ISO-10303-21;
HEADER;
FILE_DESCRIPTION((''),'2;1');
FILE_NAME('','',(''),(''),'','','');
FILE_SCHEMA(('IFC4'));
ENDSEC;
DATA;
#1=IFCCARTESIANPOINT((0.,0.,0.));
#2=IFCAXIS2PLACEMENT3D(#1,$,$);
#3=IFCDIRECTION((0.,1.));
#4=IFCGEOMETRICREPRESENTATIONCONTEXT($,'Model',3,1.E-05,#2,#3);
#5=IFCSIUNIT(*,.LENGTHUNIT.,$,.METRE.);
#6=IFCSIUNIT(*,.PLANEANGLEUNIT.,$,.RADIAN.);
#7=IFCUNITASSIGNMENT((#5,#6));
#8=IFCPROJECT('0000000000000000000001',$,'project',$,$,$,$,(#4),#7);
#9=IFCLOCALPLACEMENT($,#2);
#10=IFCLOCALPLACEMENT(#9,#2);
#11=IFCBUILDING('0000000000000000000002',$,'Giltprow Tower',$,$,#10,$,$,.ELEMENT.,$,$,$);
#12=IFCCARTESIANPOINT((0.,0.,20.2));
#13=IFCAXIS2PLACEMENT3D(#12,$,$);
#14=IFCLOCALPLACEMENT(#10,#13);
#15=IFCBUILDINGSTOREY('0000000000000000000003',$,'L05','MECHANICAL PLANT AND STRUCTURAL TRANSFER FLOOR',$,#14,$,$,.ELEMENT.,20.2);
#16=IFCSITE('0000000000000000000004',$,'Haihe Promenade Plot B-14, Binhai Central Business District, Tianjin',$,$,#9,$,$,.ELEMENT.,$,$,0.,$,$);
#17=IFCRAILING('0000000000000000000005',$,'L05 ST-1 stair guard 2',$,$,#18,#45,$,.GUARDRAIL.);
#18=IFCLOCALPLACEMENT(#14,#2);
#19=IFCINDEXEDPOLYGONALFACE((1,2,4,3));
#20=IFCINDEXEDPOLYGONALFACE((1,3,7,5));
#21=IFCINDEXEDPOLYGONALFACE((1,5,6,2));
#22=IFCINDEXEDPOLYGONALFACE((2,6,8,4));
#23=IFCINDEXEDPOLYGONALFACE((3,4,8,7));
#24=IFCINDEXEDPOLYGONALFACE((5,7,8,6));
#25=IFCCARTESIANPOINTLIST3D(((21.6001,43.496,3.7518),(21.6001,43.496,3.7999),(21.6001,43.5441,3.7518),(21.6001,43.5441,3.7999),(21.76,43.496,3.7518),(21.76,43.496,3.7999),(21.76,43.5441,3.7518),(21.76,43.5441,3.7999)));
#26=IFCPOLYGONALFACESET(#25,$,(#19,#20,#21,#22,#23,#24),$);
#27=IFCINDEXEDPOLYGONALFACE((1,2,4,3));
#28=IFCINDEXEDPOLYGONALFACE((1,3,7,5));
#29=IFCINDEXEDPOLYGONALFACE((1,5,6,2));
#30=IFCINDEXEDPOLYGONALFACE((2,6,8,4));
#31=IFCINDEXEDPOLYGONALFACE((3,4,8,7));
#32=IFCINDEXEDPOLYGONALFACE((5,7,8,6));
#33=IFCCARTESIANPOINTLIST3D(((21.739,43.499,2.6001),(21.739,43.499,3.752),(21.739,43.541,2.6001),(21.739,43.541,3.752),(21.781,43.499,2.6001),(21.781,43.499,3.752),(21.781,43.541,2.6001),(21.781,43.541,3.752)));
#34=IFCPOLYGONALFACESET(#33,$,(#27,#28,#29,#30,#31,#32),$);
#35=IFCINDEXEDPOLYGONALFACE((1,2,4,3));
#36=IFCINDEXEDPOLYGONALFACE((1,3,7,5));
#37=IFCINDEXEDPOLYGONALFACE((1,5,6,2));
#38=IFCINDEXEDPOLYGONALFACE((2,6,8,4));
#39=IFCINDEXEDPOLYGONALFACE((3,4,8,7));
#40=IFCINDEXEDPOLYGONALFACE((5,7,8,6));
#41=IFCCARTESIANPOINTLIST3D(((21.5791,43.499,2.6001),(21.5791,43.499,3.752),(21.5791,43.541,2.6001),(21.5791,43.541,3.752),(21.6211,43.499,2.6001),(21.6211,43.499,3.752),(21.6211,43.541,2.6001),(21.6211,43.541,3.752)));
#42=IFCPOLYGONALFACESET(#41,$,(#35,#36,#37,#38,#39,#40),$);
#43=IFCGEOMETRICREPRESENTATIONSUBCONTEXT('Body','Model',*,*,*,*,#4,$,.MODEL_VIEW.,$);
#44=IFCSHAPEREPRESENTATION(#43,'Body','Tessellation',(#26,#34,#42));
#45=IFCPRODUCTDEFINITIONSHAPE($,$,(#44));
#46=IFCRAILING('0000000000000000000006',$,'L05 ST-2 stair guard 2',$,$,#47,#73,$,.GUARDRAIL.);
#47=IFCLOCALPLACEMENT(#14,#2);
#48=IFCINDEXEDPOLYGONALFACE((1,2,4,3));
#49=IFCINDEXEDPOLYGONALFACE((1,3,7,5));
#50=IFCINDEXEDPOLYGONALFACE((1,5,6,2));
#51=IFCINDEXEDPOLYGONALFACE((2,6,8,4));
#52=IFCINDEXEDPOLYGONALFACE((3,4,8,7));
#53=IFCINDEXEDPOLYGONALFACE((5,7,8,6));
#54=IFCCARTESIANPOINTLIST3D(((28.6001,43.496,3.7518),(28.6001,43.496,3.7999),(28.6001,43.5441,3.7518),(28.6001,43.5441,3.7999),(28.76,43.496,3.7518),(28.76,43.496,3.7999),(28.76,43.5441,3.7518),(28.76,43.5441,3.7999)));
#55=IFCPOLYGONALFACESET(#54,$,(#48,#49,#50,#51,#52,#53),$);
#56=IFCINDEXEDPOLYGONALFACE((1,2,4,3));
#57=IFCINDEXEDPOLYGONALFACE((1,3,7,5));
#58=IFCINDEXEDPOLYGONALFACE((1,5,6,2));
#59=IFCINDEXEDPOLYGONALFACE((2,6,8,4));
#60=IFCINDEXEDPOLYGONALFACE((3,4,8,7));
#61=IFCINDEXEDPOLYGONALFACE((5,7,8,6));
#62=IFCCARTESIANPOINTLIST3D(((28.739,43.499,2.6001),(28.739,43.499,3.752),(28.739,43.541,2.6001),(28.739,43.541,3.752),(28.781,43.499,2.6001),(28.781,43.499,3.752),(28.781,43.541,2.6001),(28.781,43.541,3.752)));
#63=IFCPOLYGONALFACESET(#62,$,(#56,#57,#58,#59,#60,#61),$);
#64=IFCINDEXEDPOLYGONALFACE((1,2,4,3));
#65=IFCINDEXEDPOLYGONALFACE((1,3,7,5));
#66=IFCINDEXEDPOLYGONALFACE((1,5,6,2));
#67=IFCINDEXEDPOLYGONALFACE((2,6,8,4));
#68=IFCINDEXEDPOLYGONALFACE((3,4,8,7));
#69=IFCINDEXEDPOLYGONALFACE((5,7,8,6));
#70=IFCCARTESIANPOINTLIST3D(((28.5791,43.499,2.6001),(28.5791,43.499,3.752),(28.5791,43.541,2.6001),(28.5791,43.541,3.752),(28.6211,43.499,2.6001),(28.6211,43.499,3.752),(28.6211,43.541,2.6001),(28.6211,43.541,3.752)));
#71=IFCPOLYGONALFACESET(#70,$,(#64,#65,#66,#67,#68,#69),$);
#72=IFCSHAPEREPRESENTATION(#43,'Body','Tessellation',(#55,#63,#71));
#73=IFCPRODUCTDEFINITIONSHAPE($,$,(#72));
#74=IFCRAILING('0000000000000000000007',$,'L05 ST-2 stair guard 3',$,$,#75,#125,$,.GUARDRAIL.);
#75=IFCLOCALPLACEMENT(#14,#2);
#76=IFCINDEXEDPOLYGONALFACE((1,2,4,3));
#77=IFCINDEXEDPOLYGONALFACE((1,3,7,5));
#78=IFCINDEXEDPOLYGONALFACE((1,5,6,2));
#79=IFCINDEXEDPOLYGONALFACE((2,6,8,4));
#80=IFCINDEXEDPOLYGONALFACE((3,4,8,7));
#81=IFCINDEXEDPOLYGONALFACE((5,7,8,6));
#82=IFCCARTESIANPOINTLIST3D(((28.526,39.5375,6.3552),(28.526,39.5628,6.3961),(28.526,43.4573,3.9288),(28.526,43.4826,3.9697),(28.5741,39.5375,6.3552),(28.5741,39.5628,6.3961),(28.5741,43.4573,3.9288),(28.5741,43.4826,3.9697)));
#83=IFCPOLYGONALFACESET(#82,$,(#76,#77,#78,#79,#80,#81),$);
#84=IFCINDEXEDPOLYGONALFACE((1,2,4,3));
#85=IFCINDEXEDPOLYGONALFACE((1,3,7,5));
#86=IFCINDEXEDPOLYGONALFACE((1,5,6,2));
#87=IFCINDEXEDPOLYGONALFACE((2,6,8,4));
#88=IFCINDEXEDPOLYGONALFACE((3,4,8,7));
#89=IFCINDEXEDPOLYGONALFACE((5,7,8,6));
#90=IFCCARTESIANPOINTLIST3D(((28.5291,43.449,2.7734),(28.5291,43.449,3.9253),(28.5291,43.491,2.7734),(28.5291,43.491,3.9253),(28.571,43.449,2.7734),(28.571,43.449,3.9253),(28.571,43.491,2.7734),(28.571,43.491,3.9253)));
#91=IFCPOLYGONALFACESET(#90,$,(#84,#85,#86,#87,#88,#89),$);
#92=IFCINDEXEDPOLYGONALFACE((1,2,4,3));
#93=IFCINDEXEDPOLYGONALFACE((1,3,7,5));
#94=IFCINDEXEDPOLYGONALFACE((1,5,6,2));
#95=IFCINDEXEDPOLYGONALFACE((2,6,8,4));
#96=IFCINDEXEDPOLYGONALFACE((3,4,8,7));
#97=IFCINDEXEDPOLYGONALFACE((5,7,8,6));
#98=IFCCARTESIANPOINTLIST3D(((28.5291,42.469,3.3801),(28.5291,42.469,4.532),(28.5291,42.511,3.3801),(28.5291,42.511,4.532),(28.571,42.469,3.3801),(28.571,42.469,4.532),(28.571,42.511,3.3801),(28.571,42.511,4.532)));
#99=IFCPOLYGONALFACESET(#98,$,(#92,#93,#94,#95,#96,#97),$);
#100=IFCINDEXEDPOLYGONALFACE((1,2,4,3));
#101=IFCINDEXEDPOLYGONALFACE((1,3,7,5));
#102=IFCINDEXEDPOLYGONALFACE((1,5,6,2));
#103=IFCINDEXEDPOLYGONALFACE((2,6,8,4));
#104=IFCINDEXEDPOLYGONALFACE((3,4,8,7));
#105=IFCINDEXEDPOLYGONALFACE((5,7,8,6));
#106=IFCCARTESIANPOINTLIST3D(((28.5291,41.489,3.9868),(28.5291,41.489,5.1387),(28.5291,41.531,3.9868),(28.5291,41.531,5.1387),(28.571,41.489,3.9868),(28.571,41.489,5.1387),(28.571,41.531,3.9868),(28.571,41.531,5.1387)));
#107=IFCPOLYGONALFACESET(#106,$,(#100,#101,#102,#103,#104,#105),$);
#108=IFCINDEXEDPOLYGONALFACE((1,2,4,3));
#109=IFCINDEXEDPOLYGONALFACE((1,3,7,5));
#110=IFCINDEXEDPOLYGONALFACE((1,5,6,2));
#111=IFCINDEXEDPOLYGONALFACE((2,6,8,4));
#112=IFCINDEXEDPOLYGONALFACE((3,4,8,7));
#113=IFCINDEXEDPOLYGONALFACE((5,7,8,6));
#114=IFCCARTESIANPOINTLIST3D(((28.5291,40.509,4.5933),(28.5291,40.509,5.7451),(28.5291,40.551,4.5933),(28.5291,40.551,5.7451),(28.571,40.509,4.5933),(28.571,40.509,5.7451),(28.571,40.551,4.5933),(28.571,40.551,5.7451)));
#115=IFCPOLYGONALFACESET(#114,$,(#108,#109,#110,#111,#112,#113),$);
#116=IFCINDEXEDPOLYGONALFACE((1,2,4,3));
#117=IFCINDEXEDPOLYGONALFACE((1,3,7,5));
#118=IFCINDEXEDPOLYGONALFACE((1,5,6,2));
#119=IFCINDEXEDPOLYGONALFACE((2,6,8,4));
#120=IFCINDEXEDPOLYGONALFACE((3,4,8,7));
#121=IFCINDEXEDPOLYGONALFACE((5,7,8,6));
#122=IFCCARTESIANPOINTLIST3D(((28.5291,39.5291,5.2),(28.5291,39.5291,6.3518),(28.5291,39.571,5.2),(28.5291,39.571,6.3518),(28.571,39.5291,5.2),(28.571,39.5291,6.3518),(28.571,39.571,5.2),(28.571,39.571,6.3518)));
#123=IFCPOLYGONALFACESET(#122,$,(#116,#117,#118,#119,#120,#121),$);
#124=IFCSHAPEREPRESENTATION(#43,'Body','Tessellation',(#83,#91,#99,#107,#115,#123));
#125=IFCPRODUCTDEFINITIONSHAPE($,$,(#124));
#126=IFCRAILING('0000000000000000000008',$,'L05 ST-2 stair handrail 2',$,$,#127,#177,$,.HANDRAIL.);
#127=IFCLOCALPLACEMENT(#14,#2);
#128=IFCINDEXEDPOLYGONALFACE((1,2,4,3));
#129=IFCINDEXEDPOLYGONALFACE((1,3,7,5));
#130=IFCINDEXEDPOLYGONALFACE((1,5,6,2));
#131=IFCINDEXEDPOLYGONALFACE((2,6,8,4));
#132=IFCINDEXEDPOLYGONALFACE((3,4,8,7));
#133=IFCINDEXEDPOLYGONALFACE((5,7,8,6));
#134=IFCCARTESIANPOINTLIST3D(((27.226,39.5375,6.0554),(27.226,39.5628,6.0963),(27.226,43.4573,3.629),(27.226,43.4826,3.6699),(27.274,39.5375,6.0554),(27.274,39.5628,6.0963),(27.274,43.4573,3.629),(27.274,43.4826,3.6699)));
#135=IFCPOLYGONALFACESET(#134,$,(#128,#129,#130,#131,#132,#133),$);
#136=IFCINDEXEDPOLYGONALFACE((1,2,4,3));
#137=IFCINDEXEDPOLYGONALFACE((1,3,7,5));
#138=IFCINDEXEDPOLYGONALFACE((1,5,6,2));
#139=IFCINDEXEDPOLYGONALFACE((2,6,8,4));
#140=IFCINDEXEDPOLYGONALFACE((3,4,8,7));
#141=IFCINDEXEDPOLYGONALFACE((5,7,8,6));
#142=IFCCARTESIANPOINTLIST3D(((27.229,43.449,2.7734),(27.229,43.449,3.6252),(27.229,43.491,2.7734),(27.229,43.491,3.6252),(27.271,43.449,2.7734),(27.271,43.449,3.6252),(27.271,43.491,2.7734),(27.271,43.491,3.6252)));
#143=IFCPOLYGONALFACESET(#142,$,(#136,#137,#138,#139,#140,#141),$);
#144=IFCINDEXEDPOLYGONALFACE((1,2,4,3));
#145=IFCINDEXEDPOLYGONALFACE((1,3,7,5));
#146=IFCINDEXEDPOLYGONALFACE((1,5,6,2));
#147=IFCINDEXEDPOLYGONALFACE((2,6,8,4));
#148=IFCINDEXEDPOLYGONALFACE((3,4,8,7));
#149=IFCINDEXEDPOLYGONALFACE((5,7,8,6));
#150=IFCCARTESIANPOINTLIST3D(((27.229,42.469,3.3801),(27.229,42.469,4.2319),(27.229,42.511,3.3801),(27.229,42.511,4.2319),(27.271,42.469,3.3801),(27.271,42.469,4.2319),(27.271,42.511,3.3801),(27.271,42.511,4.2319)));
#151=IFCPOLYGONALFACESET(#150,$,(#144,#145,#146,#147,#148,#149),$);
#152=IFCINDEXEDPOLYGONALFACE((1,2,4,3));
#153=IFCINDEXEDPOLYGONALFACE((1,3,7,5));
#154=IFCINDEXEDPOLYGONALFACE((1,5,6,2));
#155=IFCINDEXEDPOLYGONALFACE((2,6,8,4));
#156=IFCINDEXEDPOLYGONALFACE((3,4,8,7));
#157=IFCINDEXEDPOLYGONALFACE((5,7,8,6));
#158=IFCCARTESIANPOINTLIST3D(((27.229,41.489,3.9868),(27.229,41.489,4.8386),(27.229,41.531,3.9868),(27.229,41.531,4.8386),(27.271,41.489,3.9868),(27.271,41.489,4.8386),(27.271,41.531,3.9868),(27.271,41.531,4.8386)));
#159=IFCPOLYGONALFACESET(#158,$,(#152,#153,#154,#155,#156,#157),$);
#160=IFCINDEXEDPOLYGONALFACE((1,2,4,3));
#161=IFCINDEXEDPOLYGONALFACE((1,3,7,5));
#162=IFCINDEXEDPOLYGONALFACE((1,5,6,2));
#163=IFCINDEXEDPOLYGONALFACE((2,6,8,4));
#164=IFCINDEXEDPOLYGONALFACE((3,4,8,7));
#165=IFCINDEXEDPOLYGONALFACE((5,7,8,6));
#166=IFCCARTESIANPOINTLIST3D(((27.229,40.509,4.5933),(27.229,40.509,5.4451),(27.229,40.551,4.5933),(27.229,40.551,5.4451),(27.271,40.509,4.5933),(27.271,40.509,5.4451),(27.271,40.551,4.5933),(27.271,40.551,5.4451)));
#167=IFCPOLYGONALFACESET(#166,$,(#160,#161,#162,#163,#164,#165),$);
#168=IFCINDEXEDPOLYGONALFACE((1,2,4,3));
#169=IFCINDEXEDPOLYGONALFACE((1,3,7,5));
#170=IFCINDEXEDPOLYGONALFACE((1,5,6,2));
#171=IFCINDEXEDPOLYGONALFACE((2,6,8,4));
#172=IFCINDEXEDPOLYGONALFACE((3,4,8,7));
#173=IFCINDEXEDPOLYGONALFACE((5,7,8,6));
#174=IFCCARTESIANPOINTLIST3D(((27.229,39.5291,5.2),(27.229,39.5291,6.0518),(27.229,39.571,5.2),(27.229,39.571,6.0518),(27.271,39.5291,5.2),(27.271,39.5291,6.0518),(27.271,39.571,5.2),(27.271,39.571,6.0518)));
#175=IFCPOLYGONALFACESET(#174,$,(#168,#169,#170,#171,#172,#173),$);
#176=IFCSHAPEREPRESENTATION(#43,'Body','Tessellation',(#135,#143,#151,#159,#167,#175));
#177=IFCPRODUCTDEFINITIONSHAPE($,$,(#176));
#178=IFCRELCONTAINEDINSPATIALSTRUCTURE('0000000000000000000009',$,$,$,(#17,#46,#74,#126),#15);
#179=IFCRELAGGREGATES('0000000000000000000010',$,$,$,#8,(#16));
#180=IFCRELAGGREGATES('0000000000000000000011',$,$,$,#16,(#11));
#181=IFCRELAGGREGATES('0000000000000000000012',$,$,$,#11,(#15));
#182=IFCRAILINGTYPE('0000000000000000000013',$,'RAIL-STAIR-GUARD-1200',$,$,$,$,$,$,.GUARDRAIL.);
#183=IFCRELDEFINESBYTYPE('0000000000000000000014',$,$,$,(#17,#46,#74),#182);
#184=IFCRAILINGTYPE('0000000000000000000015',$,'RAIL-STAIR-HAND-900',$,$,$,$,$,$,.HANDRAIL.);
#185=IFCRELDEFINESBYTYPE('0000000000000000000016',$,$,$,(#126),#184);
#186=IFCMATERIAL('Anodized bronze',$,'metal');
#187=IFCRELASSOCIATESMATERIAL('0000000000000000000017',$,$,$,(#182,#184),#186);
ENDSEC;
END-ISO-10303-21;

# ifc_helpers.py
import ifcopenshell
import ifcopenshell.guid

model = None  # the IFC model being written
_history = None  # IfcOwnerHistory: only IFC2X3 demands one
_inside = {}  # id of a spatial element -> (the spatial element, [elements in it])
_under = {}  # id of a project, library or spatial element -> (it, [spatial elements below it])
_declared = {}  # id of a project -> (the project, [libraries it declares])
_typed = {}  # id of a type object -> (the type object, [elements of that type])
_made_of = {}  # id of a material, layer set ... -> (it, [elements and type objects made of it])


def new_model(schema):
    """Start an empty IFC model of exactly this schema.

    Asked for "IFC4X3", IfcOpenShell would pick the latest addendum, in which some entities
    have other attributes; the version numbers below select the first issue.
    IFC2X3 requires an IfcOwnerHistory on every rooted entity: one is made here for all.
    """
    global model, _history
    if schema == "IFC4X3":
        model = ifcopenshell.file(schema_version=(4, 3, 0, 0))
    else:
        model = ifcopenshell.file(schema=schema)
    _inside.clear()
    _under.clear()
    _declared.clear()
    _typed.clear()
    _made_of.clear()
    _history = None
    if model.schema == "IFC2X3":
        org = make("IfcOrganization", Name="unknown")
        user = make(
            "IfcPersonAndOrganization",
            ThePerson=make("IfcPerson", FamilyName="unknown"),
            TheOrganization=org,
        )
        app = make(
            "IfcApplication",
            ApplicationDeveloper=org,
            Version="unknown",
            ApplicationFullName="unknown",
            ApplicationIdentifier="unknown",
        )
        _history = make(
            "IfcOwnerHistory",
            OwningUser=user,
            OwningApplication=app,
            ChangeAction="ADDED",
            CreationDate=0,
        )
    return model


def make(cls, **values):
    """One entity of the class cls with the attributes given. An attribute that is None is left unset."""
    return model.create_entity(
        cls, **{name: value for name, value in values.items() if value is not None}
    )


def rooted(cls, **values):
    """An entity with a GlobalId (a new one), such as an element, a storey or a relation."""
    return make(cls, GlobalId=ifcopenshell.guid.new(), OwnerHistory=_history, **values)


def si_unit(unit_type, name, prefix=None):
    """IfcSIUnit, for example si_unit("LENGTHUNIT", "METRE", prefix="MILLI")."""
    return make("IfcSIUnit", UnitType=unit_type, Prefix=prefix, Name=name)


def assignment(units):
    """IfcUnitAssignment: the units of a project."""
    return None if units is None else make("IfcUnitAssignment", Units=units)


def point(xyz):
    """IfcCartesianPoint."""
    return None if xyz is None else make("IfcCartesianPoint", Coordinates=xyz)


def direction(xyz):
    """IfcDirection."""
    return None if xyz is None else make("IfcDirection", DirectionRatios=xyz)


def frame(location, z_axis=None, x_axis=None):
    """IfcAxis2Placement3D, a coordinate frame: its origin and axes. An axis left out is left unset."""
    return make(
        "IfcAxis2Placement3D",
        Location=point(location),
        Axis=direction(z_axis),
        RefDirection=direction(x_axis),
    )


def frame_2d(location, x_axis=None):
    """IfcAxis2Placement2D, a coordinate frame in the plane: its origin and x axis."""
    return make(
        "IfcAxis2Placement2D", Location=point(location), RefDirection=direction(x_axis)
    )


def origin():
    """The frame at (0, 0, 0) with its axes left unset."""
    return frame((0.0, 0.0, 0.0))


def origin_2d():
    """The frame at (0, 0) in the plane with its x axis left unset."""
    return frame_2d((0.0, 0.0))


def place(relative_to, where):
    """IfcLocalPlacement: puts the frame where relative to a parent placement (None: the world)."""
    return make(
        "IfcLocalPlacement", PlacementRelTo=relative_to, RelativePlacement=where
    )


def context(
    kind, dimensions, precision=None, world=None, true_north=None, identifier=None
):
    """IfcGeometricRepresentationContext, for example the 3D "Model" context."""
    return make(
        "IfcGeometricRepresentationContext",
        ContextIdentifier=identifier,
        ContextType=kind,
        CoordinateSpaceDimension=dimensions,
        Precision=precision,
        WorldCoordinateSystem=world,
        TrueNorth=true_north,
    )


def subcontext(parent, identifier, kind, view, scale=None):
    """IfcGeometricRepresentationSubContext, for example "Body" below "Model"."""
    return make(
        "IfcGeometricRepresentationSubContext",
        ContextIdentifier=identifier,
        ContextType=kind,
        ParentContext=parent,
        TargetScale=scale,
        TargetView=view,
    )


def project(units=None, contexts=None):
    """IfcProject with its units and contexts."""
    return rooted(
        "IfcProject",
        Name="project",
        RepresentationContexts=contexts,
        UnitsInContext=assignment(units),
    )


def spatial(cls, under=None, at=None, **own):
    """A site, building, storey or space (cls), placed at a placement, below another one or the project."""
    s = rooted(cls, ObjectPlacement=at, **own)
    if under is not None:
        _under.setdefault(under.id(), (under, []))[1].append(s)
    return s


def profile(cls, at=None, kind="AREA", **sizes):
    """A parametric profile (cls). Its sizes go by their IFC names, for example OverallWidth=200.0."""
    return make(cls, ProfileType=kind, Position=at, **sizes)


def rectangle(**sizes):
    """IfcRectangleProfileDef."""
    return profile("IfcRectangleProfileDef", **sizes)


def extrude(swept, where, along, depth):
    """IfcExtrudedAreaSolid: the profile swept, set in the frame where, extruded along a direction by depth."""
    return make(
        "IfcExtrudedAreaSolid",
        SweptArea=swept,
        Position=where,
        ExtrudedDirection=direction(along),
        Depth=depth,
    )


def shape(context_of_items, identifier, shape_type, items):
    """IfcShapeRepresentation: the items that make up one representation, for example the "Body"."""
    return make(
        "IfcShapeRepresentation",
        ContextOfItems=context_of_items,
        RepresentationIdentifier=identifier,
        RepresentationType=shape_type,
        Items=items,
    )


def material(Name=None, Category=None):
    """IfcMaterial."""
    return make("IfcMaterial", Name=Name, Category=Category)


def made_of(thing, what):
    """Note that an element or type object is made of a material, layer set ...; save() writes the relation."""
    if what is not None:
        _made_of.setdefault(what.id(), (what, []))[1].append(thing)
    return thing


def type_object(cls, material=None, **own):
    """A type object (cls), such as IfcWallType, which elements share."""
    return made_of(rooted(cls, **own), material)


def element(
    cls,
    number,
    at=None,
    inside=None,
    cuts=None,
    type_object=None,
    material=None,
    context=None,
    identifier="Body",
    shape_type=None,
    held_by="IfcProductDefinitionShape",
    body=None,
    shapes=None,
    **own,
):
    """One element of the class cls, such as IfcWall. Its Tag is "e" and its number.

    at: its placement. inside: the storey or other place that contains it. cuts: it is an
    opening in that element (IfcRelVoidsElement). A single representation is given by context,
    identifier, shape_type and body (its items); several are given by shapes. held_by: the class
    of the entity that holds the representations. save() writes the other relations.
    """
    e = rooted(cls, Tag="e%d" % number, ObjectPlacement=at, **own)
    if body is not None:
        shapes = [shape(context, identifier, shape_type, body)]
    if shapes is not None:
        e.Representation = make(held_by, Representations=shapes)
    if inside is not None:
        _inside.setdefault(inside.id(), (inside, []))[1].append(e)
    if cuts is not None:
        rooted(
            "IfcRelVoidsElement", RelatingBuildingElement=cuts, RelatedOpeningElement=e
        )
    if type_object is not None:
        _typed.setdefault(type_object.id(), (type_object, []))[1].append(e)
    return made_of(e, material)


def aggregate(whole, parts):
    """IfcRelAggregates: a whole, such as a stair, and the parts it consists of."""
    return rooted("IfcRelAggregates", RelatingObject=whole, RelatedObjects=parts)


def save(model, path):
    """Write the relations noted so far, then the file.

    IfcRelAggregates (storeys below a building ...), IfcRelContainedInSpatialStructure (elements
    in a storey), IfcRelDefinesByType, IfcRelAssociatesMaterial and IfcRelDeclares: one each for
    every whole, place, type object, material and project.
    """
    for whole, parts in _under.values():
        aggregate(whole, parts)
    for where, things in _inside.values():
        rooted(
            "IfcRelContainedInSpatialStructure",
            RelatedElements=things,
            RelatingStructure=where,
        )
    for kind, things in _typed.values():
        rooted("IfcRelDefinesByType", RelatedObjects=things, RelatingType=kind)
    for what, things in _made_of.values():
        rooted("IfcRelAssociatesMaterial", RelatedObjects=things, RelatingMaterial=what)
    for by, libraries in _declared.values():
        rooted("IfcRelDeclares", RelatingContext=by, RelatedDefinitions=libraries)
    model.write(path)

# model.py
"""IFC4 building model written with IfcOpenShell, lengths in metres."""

from ifc_helpers import new_model, si_unit, direction, frame, origin, origin_2d, place, context, subcontext, project, spatial, rectangle, extrude, material, type_object, element, save


model = new_model("IFC4")

# Units and contexts
model_context = context("Model", 3, precision=1e-05, world=origin(), true_north=direction((0.0, 1.0)))
body_context = subcontext(model_context, "Body", "Model", "MODEL_VIEW")
ifc_project = project(units=[si_unit("LENGTHUNIT", "METRE"), si_unit("PLANEANGLEUNIT", "RADIAN")], contexts=[model_context])

# Site, building, storey
site_placement = place(None, origin())
site = spatial("IfcSite", under=ifc_project, at=site_placement, Name="Haihe Promenade Plot B-14, Binhai Central Business District, Tianjin", CompositionType="ELEMENT", RefElevation=0.0)
building_placement = place(site_placement, origin())
building = spatial("IfcBuilding", under=site, at=building_placement, Name="Giltprow Tower", CompositionType="ELEMENT")
storey_placement = place(building_placement, frame((0.0, 0.0, 20.2)))
storey = spatial("IfcBuildingStorey", under=building, at=storey_placement, Name="L05", Description="MECHANICAL PLANT AND STRUCTURAL TRANSFER FLOOR", CompositionType="ELEMENT", Elevation=20.2)

# Railings
ifc_material_1 = material(Name="Anodized bronze", Category="metal")
railing_type_1 = type_object("IfcRailingType", Name="RAIL-STAIR-GUARD-1200", PredefinedType="GUARDRAIL", material=ifc_material_1)
for number, where, name in (
    (1, (21.76, 43.52, 2.6001), "L05 ST-1 stair guard 2"),
    (2, (28.76, 43.52, 2.6001), "L05 ST-2 stair guard 2"),
):
    element("IfcRailing", number, at=place(storey_placement, frame(where)), inside=storey, type_object=railing_type_1, Name=name, PredefinedType="GUARDRAIL", context=body_context, shape_type="SweptSolid", body=[
        extrude(rectangle(XDim=0.0481, YDim=0.0481, at=origin_2d()), frame((0.0, 0.0, 1.1758), z_axis=(-1.0, 0.0, 0.0), x_axis=(0.0, -1.0, 0.0)), (0.0, 0.0, 1.0), 0.1599),
        extrude(rectangle(XDim=0.042, YDim=0.042, at=origin_2d()), origin(), (0.0, 0.0, 1.0), 1.1519),
        extrude(rectangle(XDim=0.042, YDim=0.042, at=origin_2d()), frame((-0.1599, 0.0, 0.0)), (0.0, 0.0, 1.0), 1.1519),
    ])
railing_1_placement = place(storey_placement, frame((28.55, 43.47, 2.7734)))
element("IfcRailing", 3, at=railing_1_placement, inside=storey, type_object=railing_type_1, Name="L05 ST-2 stair guard 3", PredefinedType="GUARDRAIL", context=body_context, shape_type="SweptSolid", body=[
    extrude(rectangle(XDim=0.0481, YDim=0.0481, at=origin_2d()), frame((0.0, 0.0, 1.1758), z_axis=(0.0, -0.850275, 0.526338), x_axis=(1.0, 0.0, 0.0)), (0.0, 0.0, 1.0), 4.6101),
    extrude(rectangle(XDim=0.042, YDim=0.042, at=origin_2d()), origin(), (0.0, 0.0, 1.0), 1.1519),
    extrude(rectangle(XDim=0.042, YDim=0.042, at=origin_2d()), frame((0.0, -0.98, 0.6067)), (0.0, 0.0, 1.0), 1.1519),
    extrude(rectangle(XDim=0.042, YDim=0.042, at=origin_2d()), frame((0.0, -1.96, 1.2134)), (0.0, 0.0, 1.0), 1.1519),
    extrude(rectangle(XDim=0.042, YDim=0.042, at=origin_2d()), frame((0.0, -2.9399, 1.8198)), (0.0, 0.0, 1.0), 1.1519),
    extrude(rectangle(XDim=0.042, YDim=0.042, at=origin_2d()), frame((0.0, -3.9199, 2.4265)), (0.0, 0.0, 1.0), 1.1519),
])
railing_type_2 = type_object("IfcRailingType", Name="RAIL-STAIR-HAND-900", PredefinedType="HANDRAIL", material=ifc_material_1)
railing_2_placement = place(storey_placement, frame((27.25, 43.47, 2.7734)))
element("IfcRailing", 4, at=railing_2_placement, inside=storey, type_object=railing_type_2, Name="L05 ST-2 stair handrail 2", PredefinedType="HANDRAIL", context=body_context, shape_type="SweptSolid", body=[
    extrude(rectangle(XDim=0.0481, YDim=0.0481, at=origin_2d()), frame((0.0, 0.0, 0.876), z_axis=(0.0, -0.850275, 0.526338), x_axis=(1.0, 0.0, 0.0)), (0.0, 0.0, 1.0), 4.6101),
    extrude(rectangle(XDim=0.042, YDim=0.042, at=origin_2d()), origin(), (0.0, 0.0, 1.0), 0.8518),
    extrude(rectangle(XDim=0.042, YDim=0.042, at=origin_2d()), frame((0.0, -0.98, 0.6067)), (0.0, 0.0, 1.0), 0.8518),
    extrude(rectangle(XDim=0.042, YDim=0.042, at=origin_2d()), frame((0.0, -1.96, 1.2134)), (0.0, 0.0, 1.0), 0.8518),
    extrude(rectangle(XDim=0.042, YDim=0.042, at=origin_2d()), frame((0.0, -2.9399, 1.8198)), (0.0, 0.0, 1.0), 0.8518),
    extrude(rectangle(XDim=0.042, YDim=0.042, at=origin_2d()), frame((0.0, -3.9199, 2.4265)), (0.0, 0.0, 1.0), 0.8518),
])

save(model, "model.ifc")
